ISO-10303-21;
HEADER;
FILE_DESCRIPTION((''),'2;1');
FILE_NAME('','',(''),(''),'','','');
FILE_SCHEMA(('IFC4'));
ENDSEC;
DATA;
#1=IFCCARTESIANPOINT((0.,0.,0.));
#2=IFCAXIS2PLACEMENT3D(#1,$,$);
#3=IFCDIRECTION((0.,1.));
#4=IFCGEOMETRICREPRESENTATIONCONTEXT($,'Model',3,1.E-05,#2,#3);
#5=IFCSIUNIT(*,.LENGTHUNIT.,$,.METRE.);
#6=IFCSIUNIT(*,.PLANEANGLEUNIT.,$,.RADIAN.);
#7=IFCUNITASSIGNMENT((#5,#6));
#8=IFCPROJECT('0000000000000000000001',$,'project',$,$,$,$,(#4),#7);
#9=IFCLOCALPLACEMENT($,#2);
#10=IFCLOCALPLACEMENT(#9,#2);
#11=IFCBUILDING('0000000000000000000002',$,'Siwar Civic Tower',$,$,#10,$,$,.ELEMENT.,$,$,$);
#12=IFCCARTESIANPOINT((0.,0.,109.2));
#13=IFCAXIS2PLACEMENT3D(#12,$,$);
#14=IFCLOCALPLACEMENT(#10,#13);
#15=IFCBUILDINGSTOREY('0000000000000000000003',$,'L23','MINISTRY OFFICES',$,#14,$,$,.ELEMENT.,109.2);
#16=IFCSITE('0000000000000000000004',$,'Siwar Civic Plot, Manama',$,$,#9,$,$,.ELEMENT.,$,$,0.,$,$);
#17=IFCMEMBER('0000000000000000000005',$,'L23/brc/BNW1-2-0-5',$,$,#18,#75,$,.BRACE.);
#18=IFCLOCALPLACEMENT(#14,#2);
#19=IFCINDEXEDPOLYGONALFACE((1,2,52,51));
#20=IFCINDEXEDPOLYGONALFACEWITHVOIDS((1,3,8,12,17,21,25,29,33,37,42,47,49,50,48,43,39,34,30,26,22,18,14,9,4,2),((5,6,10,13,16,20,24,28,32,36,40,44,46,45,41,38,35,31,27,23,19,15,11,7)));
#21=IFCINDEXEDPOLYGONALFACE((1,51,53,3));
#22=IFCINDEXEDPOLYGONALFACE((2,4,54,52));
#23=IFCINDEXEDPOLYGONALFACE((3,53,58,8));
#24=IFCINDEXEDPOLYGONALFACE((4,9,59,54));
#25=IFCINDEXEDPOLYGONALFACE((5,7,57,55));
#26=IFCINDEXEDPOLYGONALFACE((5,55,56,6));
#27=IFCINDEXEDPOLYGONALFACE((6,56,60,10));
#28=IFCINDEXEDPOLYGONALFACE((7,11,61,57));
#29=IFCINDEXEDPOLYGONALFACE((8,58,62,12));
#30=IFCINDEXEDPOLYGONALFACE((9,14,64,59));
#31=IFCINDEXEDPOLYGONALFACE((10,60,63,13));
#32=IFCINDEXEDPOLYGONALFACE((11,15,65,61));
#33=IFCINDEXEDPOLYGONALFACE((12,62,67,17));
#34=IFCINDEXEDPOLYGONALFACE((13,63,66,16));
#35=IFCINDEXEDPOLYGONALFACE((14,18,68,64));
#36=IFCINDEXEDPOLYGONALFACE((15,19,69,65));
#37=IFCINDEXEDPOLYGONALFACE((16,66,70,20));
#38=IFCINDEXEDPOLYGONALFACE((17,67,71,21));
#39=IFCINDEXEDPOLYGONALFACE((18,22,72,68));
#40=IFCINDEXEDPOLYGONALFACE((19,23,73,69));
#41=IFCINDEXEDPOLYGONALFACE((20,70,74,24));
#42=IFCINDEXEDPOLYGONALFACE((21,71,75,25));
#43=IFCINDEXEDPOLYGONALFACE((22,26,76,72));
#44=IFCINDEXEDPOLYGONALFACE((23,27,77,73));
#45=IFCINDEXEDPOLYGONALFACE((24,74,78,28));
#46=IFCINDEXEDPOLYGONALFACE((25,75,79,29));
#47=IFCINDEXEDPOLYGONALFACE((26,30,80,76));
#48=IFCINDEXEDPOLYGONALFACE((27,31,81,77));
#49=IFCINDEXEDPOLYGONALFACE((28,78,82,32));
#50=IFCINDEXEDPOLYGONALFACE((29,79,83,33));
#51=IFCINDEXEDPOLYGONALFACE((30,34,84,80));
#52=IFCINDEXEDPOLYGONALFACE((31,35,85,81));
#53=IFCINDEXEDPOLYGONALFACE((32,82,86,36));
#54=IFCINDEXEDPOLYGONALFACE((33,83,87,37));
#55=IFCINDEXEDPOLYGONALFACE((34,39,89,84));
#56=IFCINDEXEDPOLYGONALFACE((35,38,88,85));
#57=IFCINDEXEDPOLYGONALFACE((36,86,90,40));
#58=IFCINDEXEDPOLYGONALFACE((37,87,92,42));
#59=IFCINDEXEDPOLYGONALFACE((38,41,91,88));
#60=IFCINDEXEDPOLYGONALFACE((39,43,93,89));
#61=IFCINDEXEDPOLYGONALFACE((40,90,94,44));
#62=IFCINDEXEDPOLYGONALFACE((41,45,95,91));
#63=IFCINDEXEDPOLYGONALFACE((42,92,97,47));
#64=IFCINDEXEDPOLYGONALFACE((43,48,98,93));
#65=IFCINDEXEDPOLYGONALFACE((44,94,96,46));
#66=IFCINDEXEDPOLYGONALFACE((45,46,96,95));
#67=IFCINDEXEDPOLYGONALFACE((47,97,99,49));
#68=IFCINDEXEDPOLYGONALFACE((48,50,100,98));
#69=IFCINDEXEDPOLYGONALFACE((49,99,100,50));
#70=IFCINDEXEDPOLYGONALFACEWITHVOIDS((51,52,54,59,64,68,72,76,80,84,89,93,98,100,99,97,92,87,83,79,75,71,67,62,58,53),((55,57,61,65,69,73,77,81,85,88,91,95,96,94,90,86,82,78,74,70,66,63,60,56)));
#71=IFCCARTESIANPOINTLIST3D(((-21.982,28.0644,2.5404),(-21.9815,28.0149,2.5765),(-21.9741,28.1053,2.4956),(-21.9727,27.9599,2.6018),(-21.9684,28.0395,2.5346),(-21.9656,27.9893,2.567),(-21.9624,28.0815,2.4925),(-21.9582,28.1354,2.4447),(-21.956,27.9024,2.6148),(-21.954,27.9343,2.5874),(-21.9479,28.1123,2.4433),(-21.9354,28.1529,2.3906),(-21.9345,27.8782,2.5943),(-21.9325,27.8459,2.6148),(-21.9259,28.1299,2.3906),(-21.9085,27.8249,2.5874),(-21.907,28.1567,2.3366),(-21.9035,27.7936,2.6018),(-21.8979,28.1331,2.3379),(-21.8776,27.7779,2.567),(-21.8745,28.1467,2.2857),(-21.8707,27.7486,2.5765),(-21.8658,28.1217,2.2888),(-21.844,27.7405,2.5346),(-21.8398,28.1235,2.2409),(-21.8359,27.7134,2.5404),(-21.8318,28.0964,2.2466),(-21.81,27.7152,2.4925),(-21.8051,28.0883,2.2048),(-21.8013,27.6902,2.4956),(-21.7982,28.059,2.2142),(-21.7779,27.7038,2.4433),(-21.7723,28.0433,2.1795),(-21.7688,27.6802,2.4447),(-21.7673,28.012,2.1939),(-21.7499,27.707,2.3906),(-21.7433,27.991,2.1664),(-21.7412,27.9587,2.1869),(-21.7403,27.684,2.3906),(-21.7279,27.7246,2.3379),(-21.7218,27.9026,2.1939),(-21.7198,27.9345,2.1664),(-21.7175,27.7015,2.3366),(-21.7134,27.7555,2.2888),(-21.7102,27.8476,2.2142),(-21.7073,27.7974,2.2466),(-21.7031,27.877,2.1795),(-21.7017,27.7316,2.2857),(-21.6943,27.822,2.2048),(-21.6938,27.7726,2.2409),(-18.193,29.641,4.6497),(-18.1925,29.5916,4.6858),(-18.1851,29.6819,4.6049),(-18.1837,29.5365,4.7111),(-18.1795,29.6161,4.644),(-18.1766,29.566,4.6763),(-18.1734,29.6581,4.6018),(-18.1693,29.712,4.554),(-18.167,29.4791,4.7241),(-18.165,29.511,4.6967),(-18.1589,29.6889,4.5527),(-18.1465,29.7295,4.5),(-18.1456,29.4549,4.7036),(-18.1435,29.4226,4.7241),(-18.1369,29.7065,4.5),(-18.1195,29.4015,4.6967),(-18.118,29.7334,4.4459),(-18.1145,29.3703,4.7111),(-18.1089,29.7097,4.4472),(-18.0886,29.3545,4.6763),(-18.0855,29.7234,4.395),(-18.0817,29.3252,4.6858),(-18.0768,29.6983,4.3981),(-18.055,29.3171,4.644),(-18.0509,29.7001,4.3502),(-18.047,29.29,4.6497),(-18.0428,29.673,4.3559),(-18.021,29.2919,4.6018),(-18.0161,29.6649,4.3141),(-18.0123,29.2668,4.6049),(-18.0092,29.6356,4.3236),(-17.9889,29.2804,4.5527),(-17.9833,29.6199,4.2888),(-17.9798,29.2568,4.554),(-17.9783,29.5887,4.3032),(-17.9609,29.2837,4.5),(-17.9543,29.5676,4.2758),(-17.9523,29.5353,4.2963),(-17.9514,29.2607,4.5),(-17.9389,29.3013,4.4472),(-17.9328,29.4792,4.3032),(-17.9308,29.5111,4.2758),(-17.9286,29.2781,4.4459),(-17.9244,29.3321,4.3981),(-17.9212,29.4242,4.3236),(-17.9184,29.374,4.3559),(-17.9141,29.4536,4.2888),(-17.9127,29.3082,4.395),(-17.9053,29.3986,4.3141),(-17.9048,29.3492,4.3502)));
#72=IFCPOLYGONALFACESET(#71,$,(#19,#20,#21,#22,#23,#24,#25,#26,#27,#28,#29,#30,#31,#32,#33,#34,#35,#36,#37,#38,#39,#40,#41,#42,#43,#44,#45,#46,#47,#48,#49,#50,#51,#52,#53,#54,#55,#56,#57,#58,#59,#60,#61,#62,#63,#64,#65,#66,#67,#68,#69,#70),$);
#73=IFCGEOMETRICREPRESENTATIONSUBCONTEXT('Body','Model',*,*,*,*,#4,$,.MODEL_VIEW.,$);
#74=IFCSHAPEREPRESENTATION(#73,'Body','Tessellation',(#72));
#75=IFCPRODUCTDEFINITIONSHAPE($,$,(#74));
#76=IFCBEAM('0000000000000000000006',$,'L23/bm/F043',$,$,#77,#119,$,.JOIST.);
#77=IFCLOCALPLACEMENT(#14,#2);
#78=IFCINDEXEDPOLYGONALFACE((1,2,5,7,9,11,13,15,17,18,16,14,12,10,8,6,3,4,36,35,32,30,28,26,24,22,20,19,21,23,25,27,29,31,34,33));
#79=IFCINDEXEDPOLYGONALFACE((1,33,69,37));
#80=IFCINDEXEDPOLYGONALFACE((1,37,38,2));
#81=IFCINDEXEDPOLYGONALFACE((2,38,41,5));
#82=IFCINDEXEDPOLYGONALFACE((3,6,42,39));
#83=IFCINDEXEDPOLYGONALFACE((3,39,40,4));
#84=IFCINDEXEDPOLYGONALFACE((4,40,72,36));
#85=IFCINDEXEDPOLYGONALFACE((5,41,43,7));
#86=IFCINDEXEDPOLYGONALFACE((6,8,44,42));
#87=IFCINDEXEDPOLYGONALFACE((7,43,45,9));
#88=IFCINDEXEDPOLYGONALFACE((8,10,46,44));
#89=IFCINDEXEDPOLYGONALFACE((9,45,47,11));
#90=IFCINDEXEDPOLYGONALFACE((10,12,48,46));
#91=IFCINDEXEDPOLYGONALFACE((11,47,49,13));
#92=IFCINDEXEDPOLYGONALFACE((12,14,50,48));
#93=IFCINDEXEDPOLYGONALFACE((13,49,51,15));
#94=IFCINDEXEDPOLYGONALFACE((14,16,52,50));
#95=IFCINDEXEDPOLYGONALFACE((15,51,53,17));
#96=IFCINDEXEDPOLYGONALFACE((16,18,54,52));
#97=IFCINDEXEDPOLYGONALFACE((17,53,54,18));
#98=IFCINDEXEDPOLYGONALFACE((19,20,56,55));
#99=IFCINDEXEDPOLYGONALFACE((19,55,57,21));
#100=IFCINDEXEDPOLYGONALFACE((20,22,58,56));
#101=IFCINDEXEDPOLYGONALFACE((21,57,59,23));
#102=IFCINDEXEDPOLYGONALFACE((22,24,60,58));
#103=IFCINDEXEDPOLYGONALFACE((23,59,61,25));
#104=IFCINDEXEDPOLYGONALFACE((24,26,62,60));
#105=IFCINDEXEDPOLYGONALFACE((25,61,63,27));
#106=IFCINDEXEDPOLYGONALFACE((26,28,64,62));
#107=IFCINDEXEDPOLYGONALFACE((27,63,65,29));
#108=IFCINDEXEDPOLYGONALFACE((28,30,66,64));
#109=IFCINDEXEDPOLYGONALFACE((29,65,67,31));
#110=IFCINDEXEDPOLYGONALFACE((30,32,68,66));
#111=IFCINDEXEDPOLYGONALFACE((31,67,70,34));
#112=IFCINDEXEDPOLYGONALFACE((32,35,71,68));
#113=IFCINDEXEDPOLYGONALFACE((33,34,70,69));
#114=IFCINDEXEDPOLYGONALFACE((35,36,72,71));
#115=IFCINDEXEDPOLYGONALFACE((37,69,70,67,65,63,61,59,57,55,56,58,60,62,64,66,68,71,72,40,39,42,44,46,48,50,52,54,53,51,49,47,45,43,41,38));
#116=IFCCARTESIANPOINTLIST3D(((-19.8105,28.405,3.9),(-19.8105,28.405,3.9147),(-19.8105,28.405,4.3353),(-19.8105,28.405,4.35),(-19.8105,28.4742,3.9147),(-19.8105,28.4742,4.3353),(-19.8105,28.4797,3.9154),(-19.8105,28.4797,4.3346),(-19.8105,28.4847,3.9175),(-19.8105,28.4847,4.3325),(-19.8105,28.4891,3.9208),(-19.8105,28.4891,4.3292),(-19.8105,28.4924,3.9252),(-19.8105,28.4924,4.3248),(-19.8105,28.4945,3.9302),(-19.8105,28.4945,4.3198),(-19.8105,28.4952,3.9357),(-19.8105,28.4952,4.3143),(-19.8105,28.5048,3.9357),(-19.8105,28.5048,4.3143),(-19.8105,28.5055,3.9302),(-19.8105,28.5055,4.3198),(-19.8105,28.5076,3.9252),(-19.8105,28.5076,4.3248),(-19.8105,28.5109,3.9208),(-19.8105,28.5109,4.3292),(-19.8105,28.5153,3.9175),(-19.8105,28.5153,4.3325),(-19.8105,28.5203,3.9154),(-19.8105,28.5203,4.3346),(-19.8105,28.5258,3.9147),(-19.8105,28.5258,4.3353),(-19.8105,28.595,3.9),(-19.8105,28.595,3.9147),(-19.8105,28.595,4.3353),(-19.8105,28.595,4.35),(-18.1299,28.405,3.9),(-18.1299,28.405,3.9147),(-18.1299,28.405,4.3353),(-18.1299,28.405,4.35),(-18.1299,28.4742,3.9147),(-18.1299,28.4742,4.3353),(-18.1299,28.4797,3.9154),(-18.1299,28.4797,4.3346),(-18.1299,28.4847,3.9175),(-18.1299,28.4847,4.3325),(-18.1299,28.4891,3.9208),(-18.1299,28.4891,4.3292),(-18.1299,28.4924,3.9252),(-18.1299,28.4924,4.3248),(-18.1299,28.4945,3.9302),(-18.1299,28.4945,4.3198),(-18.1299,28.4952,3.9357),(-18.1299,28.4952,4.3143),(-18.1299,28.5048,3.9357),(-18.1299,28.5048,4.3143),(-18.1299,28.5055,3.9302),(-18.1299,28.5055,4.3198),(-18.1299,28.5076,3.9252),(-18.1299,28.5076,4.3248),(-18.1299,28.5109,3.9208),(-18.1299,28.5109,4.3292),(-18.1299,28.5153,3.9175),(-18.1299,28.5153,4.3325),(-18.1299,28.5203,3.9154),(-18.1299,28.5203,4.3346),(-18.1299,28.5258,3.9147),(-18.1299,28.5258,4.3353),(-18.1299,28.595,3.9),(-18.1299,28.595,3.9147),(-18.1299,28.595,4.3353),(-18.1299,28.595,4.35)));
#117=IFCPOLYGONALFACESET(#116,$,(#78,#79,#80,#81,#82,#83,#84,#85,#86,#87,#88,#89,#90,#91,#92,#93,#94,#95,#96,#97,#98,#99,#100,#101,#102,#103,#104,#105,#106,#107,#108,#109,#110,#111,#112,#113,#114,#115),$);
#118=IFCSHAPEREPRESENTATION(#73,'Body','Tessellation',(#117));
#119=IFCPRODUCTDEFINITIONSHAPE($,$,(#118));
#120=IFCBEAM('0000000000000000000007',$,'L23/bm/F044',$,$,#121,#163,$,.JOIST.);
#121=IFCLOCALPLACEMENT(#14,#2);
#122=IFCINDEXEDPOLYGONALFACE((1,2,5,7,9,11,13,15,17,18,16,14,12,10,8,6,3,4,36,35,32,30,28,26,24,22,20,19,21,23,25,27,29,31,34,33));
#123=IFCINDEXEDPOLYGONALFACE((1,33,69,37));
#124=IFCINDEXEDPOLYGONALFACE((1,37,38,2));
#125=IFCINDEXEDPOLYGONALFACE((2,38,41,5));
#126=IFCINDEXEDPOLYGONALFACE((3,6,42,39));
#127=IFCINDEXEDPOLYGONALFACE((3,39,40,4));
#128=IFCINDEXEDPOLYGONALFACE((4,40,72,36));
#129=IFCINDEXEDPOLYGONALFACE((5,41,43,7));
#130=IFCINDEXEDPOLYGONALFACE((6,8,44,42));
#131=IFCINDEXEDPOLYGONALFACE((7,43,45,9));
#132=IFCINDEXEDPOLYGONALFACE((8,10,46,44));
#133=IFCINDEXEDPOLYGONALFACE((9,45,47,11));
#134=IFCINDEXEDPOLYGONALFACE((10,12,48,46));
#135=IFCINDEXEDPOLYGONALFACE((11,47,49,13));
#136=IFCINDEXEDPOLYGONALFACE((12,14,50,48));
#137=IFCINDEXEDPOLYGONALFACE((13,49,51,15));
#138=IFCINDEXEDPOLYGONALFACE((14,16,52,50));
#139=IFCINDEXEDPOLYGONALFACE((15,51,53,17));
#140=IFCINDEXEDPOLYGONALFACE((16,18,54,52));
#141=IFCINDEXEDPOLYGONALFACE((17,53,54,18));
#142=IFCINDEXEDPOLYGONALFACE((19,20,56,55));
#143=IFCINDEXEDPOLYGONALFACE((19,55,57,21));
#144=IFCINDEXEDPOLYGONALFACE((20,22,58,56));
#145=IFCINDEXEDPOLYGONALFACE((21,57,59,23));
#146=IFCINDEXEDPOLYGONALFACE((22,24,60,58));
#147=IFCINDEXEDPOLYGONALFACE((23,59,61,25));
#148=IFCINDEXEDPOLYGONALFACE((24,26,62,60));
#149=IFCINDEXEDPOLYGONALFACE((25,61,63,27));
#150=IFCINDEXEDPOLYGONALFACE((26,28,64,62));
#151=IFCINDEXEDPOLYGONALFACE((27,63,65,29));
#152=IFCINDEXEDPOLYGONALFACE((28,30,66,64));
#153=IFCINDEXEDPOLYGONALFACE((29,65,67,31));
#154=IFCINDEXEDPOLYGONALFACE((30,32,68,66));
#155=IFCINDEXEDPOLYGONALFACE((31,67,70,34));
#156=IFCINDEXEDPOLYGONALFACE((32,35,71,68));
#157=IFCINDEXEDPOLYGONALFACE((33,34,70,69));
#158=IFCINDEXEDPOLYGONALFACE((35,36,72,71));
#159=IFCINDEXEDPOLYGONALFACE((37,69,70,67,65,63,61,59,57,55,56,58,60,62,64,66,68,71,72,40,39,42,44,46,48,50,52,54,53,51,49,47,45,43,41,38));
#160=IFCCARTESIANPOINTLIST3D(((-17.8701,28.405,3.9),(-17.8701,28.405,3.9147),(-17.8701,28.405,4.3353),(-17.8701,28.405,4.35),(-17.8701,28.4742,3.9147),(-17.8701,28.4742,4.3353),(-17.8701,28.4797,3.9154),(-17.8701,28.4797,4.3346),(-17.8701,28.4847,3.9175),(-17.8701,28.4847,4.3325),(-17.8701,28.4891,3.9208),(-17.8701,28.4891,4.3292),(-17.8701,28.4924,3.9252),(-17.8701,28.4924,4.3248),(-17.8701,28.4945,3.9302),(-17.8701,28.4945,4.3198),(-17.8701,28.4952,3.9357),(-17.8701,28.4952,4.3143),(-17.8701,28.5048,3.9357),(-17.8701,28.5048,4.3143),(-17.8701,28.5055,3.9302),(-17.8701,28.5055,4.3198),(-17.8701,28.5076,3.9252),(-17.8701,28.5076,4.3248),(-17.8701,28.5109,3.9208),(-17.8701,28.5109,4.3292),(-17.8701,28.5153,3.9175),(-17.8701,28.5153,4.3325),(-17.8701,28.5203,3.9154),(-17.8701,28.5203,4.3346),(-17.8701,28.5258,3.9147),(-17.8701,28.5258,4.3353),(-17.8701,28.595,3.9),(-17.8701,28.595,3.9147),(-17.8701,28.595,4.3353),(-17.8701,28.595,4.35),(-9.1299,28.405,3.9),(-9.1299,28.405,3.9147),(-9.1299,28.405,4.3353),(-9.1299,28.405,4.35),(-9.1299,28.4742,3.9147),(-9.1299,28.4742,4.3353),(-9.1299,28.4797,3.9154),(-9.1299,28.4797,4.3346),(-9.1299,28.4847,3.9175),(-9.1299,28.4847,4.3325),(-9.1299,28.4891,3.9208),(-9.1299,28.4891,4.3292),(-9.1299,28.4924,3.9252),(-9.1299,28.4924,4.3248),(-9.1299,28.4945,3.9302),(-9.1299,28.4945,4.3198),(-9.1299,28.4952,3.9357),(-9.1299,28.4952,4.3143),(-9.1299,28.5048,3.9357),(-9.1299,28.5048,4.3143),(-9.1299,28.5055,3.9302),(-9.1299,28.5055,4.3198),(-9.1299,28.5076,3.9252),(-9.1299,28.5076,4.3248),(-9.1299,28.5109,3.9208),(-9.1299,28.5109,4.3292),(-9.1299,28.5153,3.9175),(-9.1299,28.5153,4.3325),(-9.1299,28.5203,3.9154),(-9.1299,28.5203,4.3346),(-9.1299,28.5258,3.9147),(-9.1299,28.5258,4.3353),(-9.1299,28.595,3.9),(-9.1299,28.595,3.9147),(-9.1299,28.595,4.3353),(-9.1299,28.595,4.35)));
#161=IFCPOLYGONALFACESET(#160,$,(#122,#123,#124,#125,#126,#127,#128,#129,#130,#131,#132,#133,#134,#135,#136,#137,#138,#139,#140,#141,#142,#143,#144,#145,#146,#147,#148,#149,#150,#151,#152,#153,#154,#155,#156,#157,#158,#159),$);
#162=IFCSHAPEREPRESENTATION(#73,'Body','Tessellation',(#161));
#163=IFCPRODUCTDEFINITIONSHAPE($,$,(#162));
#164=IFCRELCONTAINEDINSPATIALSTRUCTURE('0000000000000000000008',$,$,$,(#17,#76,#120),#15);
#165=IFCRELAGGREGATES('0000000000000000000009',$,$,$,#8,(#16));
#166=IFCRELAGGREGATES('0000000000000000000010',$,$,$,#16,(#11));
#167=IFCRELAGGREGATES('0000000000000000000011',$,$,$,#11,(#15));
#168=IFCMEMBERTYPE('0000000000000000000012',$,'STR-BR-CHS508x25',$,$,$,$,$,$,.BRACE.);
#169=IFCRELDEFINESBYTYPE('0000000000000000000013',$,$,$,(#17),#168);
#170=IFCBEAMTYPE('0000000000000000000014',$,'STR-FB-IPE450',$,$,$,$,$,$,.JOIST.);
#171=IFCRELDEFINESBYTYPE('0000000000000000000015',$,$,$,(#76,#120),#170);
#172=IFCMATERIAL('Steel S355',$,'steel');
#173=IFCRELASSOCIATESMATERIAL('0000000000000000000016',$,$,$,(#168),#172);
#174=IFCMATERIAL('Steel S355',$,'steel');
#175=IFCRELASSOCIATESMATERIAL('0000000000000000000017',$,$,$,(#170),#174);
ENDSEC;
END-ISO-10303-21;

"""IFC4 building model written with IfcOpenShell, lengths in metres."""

from ifc_helpers import new_model, si_unit, direction, frame, origin, origin_2d, place, context, subcontext, project, spatial, hollow_circle, i_section, extrude, material, material_profile, profile_set, type_object, element, save


model = new_model("IFC4")

# Units and contexts
model_context = context("Model", 3, precision=1e-05, world=origin(), true_north=direction((0.0, 1.0)))
body_context = subcontext(model_context, "Body", "Model", "MODEL_VIEW")
ifc_project = project(units=[si_unit("LENGTHUNIT", "METRE"), si_unit("PLANEANGLEUNIT", "RADIAN")], contexts=[model_context])

# Site, building, storey
site_placement = place(None, origin())
site = spatial("IfcSite", under=ifc_project, at=site_placement, Name="Siwar Civic Plot, Manama", CompositionType="ELEMENT", RefElevation=0.0)
building_placement = place(site_placement, origin())
building = spatial("IfcBuilding", under=site, at=building_placement, Name="Siwar Civic Tower", CompositionType="ELEMENT")
storey_placement = place(building_placement, frame((0.0, 0.0, 109.2)))
storey = spatial("IfcBuildingStorey", under=building, at=storey_placement, Name="L23", Description="MINISTRY OFFICES", CompositionType="ELEMENT", Elevation=109.2)

# Member
ifc_material_1 = material(Name="Steel S355", Category="steel")
ifc_material_profile_1 = material_profile(ifc_material_1, hollow_circle(Radius=0.2539, WallThickness=0.0249, at=origin_2d()), Name="CHS508x25")
ifc_profile_set_1 = profile_set([ifc_material_profile_1], Name="Steel S355")
member_type_1 = type_object("IfcMemberType", Name="STR-BR-CHS508x25", PredefinedType="BRACE", material=ifc_profile_set_1)
member_1_placement = place(storey_placement, frame((-21.8379, 27.9185, 2.3906), z_axis=(0.821146, 0.341686, 0.457133), x_axis=(-0.384176, 0.92326, 0.0)))
element("IfcMember", 1, at=member_1_placement, inside=storey, type_object=member_type_1, Name="L23/brc/BNW1-2-0-5", PredefinedType="BRACE", context=body_context, shape_type="SweptSolid", body=[
    extrude(hollow_circle(Radius=0.2539, WallThickness=0.0249, at=origin_2d()), origin(), (0.0, 0.0, 1.0), 4.6143),
])

# Beams
ifc_material_2 = material(Name="Steel S355", Category="steel")
ifc_material_profile_2 = material_profile(ifc_material_2, i_section(OverallWidth=0.1899, OverallDepth=0.45, WebThickness=0.0095, FlangeThickness=0.0146, FilletRadius=0.021, at=origin_2d()), Name="IPE450")
ifc_profile_set_2 = profile_set([ifc_material_profile_2], Name="Steel S355")
beam_type_1 = type_object("IfcBeamType", Name="STR-FB-IPE450", PredefinedType="JOIST", material=ifc_profile_set_2)
beam_1_placement = place(storey_placement, frame((-19.8105, 28.5, 4.125), z_axis=(1.0, 0.0, 0.0), x_axis=(0.0, 1.0, 0.0)))
element("IfcBeam", 2, at=beam_1_placement, inside=storey, type_object=beam_type_1, Name="L23/bm/F043", PredefinedType="JOIST", context=body_context, shape_type="SweptSolid", body=[
    extrude(i_section(OverallWidth=0.1899, OverallDepth=0.45, WebThickness=0.0095, FlangeThickness=0.0146, FilletRadius=0.021, at=origin_2d()), origin(), (0.0, 0.0, 1.0), 1.6807),
])
beam_2_placement = place(storey_placement, frame((-17.8701, 28.5, 4.125), z_axis=(1.0, 0.0, 0.0), x_axis=(0.0, 1.0, 0.0)))
element("IfcBeam", 3, at=beam_2_placement, inside=storey, type_object=beam_type_1, Name="L23/bm/F044", PredefinedType="JOIST", context=body_context, shape_type="SweptSolid", body=[
    extrude(i_section(OverallWidth=0.1899, OverallDepth=0.45, WebThickness=0.0095, FlangeThickness=0.0146, FilletRadius=0.021, at=origin_2d()), origin(), (0.0, 0.0, 1.0), 8.7402),
])

save(model, "model.ifc")
